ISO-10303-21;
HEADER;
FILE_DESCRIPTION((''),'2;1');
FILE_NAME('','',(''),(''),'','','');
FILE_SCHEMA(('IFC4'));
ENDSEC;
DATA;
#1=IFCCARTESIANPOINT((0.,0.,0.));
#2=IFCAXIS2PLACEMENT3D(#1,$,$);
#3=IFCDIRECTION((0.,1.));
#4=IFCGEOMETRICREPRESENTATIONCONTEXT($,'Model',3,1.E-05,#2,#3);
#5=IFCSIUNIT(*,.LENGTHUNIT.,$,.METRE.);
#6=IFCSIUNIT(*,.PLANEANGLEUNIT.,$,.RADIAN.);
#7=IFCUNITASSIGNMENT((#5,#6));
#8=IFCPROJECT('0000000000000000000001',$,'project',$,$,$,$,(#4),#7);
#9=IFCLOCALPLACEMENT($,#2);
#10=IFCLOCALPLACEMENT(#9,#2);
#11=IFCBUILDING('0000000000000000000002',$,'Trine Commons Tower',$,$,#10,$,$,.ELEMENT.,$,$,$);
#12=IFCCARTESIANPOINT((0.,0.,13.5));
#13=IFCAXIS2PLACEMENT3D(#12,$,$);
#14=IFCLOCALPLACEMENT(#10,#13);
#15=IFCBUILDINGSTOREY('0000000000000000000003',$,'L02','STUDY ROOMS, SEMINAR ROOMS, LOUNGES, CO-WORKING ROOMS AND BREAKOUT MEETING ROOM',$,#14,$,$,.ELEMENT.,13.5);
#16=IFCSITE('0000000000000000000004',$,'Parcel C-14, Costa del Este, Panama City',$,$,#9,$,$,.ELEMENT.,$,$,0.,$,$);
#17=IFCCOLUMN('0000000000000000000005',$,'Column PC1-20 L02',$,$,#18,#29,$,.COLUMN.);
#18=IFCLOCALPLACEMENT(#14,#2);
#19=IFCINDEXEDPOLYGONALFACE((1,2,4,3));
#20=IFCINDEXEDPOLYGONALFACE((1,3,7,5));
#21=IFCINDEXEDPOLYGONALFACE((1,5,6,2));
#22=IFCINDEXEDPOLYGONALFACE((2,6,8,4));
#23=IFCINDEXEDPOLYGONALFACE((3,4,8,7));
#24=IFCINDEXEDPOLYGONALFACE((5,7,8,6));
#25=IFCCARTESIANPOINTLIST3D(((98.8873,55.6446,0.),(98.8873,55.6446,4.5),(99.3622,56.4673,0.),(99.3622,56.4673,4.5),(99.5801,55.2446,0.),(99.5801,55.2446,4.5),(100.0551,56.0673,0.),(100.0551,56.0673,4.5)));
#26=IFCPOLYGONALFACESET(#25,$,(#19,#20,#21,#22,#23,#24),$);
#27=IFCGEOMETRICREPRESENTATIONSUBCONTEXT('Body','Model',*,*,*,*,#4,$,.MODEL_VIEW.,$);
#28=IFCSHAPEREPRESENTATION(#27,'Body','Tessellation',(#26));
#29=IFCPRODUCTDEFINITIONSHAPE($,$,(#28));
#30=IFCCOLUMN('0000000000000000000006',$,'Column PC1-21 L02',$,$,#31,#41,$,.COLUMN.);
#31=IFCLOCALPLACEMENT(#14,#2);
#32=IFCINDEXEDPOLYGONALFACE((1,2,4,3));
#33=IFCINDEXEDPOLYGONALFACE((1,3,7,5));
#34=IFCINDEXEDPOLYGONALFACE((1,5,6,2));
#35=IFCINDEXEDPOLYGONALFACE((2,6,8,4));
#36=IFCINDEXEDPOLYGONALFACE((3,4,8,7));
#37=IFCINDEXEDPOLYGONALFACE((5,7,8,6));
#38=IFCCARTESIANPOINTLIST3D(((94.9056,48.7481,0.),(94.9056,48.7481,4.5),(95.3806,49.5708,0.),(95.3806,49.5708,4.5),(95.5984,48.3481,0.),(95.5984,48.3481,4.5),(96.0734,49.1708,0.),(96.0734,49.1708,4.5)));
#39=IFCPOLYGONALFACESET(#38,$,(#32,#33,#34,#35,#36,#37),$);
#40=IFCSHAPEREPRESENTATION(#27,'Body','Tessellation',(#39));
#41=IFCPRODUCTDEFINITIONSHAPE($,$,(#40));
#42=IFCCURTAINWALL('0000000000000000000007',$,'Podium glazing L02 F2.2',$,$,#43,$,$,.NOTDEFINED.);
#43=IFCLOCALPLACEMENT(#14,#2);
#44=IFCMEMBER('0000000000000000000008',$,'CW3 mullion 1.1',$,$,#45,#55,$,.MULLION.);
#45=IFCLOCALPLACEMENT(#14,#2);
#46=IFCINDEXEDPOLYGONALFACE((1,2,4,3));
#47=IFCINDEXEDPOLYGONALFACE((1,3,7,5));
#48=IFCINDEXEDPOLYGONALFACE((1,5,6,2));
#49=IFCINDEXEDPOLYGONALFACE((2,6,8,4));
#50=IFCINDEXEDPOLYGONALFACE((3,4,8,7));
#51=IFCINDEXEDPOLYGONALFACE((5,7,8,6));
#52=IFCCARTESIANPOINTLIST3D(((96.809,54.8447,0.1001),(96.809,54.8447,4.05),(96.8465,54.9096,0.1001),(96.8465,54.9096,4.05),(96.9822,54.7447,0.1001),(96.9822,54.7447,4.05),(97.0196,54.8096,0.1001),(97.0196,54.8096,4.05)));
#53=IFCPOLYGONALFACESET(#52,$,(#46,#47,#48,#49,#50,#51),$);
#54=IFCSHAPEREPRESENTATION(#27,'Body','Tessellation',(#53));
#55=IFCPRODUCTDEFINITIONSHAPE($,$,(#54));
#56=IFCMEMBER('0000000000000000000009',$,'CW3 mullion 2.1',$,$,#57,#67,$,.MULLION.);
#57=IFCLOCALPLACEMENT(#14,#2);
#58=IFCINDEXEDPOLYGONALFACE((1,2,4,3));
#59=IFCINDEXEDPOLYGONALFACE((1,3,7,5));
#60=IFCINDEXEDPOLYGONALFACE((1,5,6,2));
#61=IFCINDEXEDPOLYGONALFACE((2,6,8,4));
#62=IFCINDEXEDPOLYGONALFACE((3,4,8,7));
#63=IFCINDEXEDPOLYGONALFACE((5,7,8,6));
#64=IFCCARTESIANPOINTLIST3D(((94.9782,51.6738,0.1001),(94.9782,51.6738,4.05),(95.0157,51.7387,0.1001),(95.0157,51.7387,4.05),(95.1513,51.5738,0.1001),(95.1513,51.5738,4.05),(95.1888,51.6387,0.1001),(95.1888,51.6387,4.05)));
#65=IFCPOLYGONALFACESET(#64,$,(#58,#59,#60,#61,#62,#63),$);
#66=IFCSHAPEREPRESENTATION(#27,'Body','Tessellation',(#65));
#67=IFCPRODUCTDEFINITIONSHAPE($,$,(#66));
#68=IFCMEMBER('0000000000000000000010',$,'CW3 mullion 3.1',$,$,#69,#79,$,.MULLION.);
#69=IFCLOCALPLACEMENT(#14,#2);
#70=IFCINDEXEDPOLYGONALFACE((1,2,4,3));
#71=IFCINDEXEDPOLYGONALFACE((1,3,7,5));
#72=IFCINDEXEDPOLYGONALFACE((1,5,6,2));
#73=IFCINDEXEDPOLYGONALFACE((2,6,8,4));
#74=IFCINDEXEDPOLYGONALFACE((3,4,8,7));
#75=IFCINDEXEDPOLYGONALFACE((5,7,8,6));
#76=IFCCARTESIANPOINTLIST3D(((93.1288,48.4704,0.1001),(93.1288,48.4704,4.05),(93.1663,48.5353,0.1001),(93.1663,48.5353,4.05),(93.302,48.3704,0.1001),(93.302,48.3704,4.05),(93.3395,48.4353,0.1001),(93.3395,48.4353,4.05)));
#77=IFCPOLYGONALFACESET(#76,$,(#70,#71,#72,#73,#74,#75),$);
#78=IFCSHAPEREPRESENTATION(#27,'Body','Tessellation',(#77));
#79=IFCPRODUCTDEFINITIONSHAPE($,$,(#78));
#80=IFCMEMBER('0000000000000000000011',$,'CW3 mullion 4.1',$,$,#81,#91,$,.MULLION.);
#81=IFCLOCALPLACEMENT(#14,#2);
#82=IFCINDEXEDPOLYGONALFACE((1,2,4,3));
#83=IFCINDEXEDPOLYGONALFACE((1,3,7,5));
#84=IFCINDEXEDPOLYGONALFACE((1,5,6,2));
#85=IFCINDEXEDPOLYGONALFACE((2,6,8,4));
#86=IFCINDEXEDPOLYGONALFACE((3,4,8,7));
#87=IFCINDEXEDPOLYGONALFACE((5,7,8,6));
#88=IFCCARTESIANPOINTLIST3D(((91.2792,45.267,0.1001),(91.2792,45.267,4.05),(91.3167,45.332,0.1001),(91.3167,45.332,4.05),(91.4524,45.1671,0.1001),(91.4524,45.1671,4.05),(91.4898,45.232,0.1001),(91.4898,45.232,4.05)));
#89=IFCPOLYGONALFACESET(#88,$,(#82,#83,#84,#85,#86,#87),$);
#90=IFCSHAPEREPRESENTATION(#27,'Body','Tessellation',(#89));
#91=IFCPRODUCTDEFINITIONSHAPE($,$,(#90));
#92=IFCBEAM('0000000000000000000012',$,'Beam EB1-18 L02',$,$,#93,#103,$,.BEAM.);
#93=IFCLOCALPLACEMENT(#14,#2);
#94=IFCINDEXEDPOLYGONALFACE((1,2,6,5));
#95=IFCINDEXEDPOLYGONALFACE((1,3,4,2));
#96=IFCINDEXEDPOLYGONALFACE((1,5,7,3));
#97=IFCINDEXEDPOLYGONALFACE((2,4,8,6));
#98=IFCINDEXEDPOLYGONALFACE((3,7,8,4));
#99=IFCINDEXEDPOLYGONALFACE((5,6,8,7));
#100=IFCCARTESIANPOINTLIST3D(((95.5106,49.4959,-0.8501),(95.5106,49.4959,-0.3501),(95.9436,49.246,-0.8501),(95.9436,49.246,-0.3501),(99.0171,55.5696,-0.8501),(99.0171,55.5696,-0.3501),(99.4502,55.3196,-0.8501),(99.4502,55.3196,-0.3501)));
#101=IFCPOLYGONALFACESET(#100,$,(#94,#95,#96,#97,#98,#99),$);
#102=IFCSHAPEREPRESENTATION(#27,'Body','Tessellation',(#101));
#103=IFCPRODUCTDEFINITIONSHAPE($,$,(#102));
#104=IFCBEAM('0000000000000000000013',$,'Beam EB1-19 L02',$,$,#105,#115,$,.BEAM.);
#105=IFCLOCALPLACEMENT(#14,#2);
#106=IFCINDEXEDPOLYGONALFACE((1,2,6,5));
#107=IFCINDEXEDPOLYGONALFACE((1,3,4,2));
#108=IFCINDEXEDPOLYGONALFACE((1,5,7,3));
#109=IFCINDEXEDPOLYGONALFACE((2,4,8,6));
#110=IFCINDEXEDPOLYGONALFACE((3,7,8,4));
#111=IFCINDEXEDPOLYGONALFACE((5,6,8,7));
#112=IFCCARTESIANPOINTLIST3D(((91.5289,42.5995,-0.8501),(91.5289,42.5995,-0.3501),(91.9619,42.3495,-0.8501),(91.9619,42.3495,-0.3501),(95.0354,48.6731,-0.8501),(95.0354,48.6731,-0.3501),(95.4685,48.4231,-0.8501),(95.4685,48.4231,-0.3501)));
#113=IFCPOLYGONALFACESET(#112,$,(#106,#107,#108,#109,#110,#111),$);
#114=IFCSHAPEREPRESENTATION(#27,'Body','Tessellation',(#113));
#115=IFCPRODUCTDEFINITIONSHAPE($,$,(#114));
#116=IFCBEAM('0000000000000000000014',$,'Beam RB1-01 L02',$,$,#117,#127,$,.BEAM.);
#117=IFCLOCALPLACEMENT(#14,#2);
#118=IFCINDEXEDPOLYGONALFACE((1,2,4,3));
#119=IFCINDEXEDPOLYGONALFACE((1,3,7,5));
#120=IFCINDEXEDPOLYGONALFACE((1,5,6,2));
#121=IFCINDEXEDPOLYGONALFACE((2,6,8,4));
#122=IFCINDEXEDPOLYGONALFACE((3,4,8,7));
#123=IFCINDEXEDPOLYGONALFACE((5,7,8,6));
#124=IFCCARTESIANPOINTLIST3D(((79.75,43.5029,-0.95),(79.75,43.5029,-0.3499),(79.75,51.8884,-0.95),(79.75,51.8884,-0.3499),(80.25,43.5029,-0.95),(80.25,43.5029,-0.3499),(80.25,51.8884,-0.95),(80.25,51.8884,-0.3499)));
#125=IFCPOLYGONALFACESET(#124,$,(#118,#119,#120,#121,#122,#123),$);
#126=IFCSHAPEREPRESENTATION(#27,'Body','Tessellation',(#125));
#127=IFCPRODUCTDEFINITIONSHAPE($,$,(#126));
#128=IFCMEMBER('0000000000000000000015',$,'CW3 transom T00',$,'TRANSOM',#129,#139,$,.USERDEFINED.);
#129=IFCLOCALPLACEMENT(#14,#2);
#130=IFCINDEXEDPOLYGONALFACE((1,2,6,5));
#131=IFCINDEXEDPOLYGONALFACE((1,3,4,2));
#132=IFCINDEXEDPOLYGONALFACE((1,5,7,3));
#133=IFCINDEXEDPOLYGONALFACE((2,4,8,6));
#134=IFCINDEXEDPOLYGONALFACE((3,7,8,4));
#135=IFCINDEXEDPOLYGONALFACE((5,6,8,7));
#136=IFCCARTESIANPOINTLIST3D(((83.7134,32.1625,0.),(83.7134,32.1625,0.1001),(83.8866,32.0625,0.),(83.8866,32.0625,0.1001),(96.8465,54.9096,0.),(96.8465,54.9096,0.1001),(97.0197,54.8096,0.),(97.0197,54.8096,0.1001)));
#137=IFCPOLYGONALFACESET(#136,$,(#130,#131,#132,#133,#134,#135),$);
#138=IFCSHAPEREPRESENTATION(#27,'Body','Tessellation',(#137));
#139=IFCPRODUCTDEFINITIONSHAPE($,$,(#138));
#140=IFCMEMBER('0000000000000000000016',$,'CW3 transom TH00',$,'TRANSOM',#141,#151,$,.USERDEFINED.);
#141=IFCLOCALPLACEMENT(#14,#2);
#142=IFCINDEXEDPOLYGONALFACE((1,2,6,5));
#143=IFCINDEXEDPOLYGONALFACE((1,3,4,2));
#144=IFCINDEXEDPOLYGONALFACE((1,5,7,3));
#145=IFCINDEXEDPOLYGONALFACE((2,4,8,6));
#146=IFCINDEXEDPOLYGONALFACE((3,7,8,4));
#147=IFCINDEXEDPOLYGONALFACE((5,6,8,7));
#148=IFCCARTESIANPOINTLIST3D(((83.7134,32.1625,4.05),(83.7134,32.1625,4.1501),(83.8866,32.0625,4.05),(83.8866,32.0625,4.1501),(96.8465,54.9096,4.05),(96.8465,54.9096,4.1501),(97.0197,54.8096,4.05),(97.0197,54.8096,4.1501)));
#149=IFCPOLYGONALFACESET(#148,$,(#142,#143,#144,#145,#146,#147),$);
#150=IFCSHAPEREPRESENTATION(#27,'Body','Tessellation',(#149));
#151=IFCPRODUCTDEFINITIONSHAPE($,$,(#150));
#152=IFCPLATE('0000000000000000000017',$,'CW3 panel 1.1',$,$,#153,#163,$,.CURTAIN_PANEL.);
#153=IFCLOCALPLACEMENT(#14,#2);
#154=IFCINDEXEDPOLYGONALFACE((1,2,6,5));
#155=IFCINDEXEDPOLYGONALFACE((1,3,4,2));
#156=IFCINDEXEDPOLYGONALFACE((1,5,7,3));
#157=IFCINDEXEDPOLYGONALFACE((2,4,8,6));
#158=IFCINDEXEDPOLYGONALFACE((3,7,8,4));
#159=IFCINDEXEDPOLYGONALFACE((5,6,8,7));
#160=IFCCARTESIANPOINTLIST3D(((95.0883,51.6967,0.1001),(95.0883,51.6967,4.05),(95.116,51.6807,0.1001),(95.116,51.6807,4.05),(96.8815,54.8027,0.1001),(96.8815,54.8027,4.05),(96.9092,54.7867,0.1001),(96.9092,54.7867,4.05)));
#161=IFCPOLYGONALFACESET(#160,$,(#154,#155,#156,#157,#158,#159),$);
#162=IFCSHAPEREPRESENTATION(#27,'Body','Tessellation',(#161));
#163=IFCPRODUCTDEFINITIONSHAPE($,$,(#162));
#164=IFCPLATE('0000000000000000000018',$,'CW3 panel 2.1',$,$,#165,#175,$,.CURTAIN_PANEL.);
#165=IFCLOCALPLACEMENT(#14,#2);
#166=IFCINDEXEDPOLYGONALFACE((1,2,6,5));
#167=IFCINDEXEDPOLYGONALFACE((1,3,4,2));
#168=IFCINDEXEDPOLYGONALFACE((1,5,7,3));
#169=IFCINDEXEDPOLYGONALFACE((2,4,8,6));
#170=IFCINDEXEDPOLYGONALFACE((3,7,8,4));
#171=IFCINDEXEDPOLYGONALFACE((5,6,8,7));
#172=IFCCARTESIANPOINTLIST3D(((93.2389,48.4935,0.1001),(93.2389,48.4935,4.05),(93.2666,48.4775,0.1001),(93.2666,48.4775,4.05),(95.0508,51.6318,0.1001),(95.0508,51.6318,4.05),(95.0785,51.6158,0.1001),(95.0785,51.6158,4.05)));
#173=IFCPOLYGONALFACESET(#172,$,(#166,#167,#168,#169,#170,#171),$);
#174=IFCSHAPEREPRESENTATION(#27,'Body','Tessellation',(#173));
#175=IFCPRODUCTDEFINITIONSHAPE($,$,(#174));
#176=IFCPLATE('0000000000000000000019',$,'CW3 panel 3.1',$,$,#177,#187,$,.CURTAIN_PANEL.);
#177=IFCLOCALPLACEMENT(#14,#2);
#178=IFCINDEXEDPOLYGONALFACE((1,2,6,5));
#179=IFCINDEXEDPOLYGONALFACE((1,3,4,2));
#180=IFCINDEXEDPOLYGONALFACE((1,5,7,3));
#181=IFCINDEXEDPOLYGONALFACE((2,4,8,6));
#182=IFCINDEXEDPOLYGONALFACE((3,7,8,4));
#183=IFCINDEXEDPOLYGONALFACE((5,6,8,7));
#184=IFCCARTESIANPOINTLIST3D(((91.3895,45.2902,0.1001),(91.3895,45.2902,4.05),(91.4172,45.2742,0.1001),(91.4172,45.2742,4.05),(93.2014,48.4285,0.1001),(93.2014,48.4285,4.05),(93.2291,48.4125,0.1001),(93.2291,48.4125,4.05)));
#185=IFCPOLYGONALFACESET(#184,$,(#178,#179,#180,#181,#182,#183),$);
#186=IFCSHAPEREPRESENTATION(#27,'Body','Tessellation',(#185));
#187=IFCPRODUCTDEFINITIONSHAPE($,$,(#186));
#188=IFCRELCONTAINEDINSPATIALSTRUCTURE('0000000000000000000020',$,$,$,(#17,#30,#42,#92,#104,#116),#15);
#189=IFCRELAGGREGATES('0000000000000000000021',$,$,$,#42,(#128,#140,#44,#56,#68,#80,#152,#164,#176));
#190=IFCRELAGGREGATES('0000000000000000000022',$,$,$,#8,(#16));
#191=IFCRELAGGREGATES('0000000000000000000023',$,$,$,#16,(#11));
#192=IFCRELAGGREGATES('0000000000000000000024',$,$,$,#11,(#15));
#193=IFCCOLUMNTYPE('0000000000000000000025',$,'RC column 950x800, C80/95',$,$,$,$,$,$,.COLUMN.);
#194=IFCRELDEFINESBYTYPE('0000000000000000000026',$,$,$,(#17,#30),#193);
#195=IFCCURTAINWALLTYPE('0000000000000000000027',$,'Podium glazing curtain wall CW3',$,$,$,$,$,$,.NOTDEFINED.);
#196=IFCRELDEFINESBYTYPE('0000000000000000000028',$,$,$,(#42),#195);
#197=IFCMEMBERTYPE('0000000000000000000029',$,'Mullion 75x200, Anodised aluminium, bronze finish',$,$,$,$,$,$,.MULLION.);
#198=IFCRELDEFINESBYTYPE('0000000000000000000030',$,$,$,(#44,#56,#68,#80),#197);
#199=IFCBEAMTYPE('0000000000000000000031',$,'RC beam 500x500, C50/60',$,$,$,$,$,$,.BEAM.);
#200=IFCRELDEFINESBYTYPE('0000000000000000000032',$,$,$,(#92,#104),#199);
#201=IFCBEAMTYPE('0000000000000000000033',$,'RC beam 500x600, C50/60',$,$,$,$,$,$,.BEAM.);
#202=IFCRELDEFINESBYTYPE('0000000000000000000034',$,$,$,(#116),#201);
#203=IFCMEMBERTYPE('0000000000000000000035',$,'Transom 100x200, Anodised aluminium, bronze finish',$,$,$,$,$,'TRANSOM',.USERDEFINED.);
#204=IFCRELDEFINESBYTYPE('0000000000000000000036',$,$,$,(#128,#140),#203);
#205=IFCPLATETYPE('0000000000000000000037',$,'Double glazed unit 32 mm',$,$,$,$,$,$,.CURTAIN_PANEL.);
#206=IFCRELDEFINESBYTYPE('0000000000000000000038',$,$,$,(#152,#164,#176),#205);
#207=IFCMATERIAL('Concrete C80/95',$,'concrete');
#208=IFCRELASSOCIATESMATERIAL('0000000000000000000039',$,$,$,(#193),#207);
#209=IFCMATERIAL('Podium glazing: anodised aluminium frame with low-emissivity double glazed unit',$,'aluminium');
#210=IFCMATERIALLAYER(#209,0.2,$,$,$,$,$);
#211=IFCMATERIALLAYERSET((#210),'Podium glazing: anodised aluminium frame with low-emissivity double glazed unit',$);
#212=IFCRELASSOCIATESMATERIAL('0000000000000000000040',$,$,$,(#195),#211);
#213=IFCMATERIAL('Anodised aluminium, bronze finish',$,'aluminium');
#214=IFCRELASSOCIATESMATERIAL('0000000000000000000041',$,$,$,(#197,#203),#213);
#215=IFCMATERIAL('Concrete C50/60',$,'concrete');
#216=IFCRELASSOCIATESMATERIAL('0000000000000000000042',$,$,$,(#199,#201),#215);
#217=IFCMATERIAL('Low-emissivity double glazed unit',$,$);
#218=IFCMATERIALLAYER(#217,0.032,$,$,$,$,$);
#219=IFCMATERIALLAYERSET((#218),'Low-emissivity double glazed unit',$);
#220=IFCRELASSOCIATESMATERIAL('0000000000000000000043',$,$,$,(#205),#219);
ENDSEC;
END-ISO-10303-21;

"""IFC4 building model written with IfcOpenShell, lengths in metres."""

from ifc_helpers import new_model, si_unit, direction, frame, origin, origin_2d, place, context, subcontext, project, spatial, rectangle, extrude, material, layer, layer_set, material_profile, profile_set, type_object, element, aggregate, save


model = new_model("IFC4")

# Units and contexts
model_context = context("Model", 3, precision=1e-05, world=origin(), true_north=direction((0.0, 1.0)))
body_context = subcontext(model_context, "Body", "Model", "MODEL_VIEW")
ifc_project = project(units=[si_unit("LENGTHUNIT", "METRE"), si_unit("PLANEANGLEUNIT", "RADIAN")], contexts=[model_context])

# Site, building, storey
site_placement = place(None, origin())
site = spatial("IfcSite", under=ifc_project, at=site_placement, Name="Parcel C-14, Costa del Este, Panama City", CompositionType="ELEMENT", RefElevation=0.0)
building_placement = place(site_placement, origin())
building = spatial("IfcBuilding", under=site, at=building_placement, Name="Trine Commons Tower", CompositionType="ELEMENT")
storey_placement = place(building_placement, frame((0.0, 0.0, 13.5)))
storey = spatial("IfcBuildingStorey", under=building, at=storey_placement, Name="L02", Description="STUDY ROOMS, SEMINAR ROOMS, LOUNGES, CO-WORKING ROOMS AND BREAKOUT MEETING ROOM", CompositionType="ELEMENT", Elevation=13.5)

# Columns
ifc_material_1 = material(Name="Concrete C80/95", Category="concrete")
ifc_material_profile_1 = material_profile(ifc_material_1, rectangle(XDim=0.95, YDim=0.8, at=origin_2d()), Name="RC 950x800")
ifc_profile_set_1 = profile_set([ifc_material_profile_1], Name="Concrete C80/95")
column_type = type_object("IfcColumnType", Name="RC column 950x800, C80/95", PredefinedType="COLUMN", material=ifc_profile_set_1)
for number, where, z_axis, x_axis, name in (
    (1, (99.4712, 55.856, 0.0), (0.0, 0.0, 1.0), (0.5, 0.866025, 0.0), "Column PC1-20 L02"),
    (2, (95.4895, 48.9595, 0.0), (0.0, 0.0, 1.0), (0.5, 0.866025, 0.0), "Column PC1-21 L02"),
):
    element("IfcColumn", number, at=place(storey_placement, frame(where, z_axis=z_axis, x_axis=x_axis)), inside=storey, type_object=column_type, Name=name, PredefinedType="COLUMN", context=body_context, shape_type="SweptSolid", body=[
        extrude(rectangle(XDim=0.95, YDim=0.8, at=origin_2d()), origin(), (0.0, 0.0, 1.0), 4.5),
    ])

# Curtain wall, members
ifc_material_2 = material(Name="Podium glazing: anodised aluminium frame with low-emissivity double glazed unit", Category="aluminium")
ifc_layer_1 = layer(ifc_material_2, 0.2)
ifc_layer_set_1 = layer_set([ifc_layer_1], Name="Podium glazing: anodised aluminium frame with low-emissivity double glazed unit")
curtain_wall_type = type_object("IfcCurtainWallType", Name="Podium glazing curtain wall CW3", PredefinedType="NOTDEFINED", material=ifc_layer_set_1)
curtain_wall_placement = place(storey_placement, origin())
curtain_wall = element("IfcCurtainWall", 3, at=curtain_wall_placement, inside=storey, type_object=curtain_wall_type, Name="Podium glazing L02 F2.2", PredefinedType="NOTDEFINED")
ifc_material_3 = material(Name="Anodised aluminium, bronze finish", Category="aluminium")
ifc_material_profile_2 = material_profile(ifc_material_3, rectangle(XDim=0.2, YDim=0.075, at=origin_2d()), Name="Mullion 75x200")
ifc_profile_set_2 = profile_set([ifc_material_profile_2], Name="Anodised aluminium, bronze finish")
member_type_1 = type_object("IfcMemberType", Name="Mullion 75x200, Anodised aluminium, bronze finish", PredefinedType="MULLION", material=ifc_profile_set_2)
member_1_placement = place(storey_placement, frame((96.9143, 54.8271, 0.1001), z_axis=(0.0, 0.0, 1.0), x_axis=(0.866025, -0.5, 0.0)))
member_1 = element("IfcMember", 4, at=member_1_placement, type_object=member_type_1, Name="CW3 mullion 1.1", PredefinedType="MULLION", context=body_context, shape_type="SweptSolid", body=[
    extrude(rectangle(XDim=0.2, YDim=0.075, at=origin_2d()), origin(), (0.0, 0.0, 1.0), 3.95),
])
member_2_placement = place(storey_placement, frame((95.0835, 51.6562, 0.1001), z_axis=(0.0, 0.0, 1.0), x_axis=(0.866025, -0.5, 0.0)))
member_2 = element("IfcMember", 5, at=member_2_placement, type_object=member_type_1, Name="CW3 mullion 2.1", PredefinedType="MULLION", context=body_context, shape_type="SweptSolid", body=[
    extrude(rectangle(XDim=0.2, YDim=0.075, at=origin_2d()), origin(), (0.0, 0.0, 1.0), 3.95),
])
member_3_placement = place(storey_placement, frame((93.2341, 48.4529, 0.1001), z_axis=(0.0, 0.0, 1.0), x_axis=(0.866025, -0.5, 0.0)))
member_3 = element("IfcMember", 6, at=member_3_placement, type_object=member_type_1, Name="CW3 mullion 3.1", PredefinedType="MULLION", context=body_context, shape_type="SweptSolid", body=[
    extrude(rectangle(XDim=0.2, YDim=0.075, at=origin_2d()), origin(), (0.0, 0.0, 1.0), 3.95),
])
member_4_placement = place(storey_placement, frame((91.3845, 45.2495, 0.1001), z_axis=(0.0, 0.0, 1.0), x_axis=(0.866025, -0.5, 0.0)))
member_4 = element("IfcMember", 7, at=member_4_placement, type_object=member_type_1, Name="CW3 mullion 4.1", PredefinedType="MULLION", context=body_context, shape_type="SweptSolid", body=[
    extrude(rectangle(XDim=0.2, YDim=0.075, at=origin_2d()), origin(), (0.0, 0.0, 1.0), 3.95),
])

# Beams
ifc_material_4 = material(Name="Concrete C50/60", Category="concrete")
ifc_material_profile_3 = material_profile(ifc_material_4, rectangle(XDim=0.5, YDim=0.5, at=origin_2d()), Name="RC 500x500")
ifc_profile_set_3 = profile_set([ifc_material_profile_3], Name="Concrete C50/60")
beam_type_1 = type_object("IfcBeamType", Name="RC beam 500x500, C50/60", PredefinedType="BEAM", material=ifc_profile_set_3)
for number, where, z_axis, x_axis, name in (
    (8, (99.2336, 55.4446, -0.6001), (-0.499992, -0.86603, 0.0), (0.86603, -0.499992, 0.0), "Beam EB1-18 L02"),
    (9, (95.252, 48.5481, -0.6001), (-0.499992, -0.86603, 0.0), (0.86603, -0.499992, 0.0), "Beam EB1-19 L02"),
):
    element("IfcBeam", number, at=place(storey_placement, frame(where, z_axis=z_axis, x_axis=x_axis)), inside=storey, type_object=beam_type_1, Name=name, PredefinedType="BEAM", context=body_context, shape_type="SweptSolid", body=[
        extrude(rectangle(XDim=0.5, YDim=0.5, at=origin_2d()), origin(), (0.0, 0.0, 1.0), 7.0132),
    ])
ifc_material_profile_4 = material_profile(ifc_material_4, rectangle(XDim=0.5, YDim=0.6001, at=origin_2d()), Name="RC 500x600")
ifc_profile_set_4 = profile_set([ifc_material_profile_4], Name="Concrete C50/60")
beam_type_2 = type_object("IfcBeamType", Name="RC beam 500x600, C50/60", PredefinedType="BEAM", material=ifc_profile_set_4)
beam_placement = place(storey_placement, frame((80.0, 51.8884, -0.6499), z_axis=(0.0, -1.0, 0.0), x_axis=(1.0, 0.0, 0.0)))
element("IfcBeam", 10, at=beam_placement, inside=storey, type_object=beam_type_2, Name="Beam RB1-01 L02", PredefinedType="BEAM", context=body_context, shape_type="SweptSolid", body=[
    extrude(rectangle(XDim=0.5, YDim=0.6001, at=origin_2d()), origin(), (0.0, 0.0, 1.0), 8.3855),
])

# Members
ifc_material_profile_5 = material_profile(ifc_material_3, rectangle(XDim=0.2, YDim=0.1001, at=origin_2d()), Name="Transom 100x200")
ifc_profile_set_5 = profile_set([ifc_material_profile_5], Name="Anodised aluminium, bronze finish")
member_type_2 = type_object("IfcMemberType", Name="Transom 100x200, Anodised aluminium, bronze finish", ElementType="TRANSOM", PredefinedType="USERDEFINED", material=ifc_profile_set_5)
member_5_placement = place(storey_placement, frame((96.9331, 54.8596, 0.05), z_axis=(-0.500001, -0.866025, 0.0), x_axis=(0.866025, -0.500001, 0.0)))
member_5 = element("IfcMember", 11, at=member_5_placement, type_object=member_type_2, Name="CW3 transom T00", ObjectType="TRANSOM", PredefinedType="USERDEFINED", context=body_context, shape_type="SweptSolid", body=[
    extrude(rectangle(XDim=0.2, YDim=0.1001, at=origin_2d()), origin(), (0.0, 0.0, 1.0), 26.2661),
])
member_6_placement = place(storey_placement, frame((96.9331, 54.8596, 4.1001), z_axis=(-0.500001, -0.866025, 0.0), x_axis=(0.866025, -0.500001, 0.0)))
member_6 = element("IfcMember", 12, at=member_6_placement, type_object=member_type_2, Name="CW3 transom TH00", ObjectType="TRANSOM", PredefinedType="USERDEFINED", context=body_context, shape_type="SweptSolid", body=[
    extrude(rectangle(XDim=0.2, YDim=0.1001, at=origin_2d()), origin(), (0.0, 0.0, 1.0), 26.2661),
])

# Plates
ifc_material_5 = material(Name="Low-emissivity double glazed unit")
ifc_layer_2 = layer(ifc_material_5, 0.032)
ifc_layer_set_2 = layer_set([ifc_layer_2], Name="Low-emissivity double glazed unit")
plate_type = type_object("IfcPlateType", Name="Double glazed unit 32 mm", PredefinedType="CURTAIN_PANEL", material=ifc_layer_set_2)
plate_1_placement = place(storey_placement, frame((95.9988, 53.2417, 0.1001), z_axis=(0.0, 0.0, 1.0), x_axis=(-0.5, -0.866025, 0.0)))
plate_1 = element("IfcPlate", 13, at=plate_1_placement, type_object=plate_type, Name="CW3 panel 1.1", PredefinedType="CURTAIN_PANEL", context=body_context, shape_type="SweptSolid", body=[
    extrude(rectangle(XDim=3.5864, YDim=0.032, at=origin_2d()), origin(), (0.0, 0.0, 1.0), 3.95),
])
plate_2_placement = place(storey_placement, frame((94.1587, 50.0547, 0.1001), z_axis=(0.0, 0.0, 1.0), x_axis=(-0.5, -0.866025, 0.0)))
plate_2 = element("IfcPlate", 14, at=plate_2_placement, type_object=plate_type, Name="CW3 panel 2.1", PredefinedType="CURTAIN_PANEL", context=body_context, shape_type="SweptSolid", body=[
    extrude(rectangle(XDim=3.6238, YDim=0.032, at=origin_2d()), origin(), (0.0, 0.0, 1.0), 3.95),
])
plate_3_placement = place(storey_placement, frame((92.3093, 46.8513, 0.1001), z_axis=(0.0, 0.0, 1.0), x_axis=(-0.5, -0.866025, 0.0)))
plate_3 = element("IfcPlate", 15, at=plate_3_placement, type_object=plate_type, Name="CW3 panel 3.1", PredefinedType="CURTAIN_PANEL", context=body_context, shape_type="SweptSolid", body=[
    extrude(rectangle(XDim=3.6238, YDim=0.032, at=origin_2d()), origin(), (0.0, 0.0, 1.0), 3.95),
])
aggregate(curtain_wall, [member_5, member_6, member_1, member_2, member_3, member_4, plate_1, plate_2, plate_3])

save(model, "model.ifc")
